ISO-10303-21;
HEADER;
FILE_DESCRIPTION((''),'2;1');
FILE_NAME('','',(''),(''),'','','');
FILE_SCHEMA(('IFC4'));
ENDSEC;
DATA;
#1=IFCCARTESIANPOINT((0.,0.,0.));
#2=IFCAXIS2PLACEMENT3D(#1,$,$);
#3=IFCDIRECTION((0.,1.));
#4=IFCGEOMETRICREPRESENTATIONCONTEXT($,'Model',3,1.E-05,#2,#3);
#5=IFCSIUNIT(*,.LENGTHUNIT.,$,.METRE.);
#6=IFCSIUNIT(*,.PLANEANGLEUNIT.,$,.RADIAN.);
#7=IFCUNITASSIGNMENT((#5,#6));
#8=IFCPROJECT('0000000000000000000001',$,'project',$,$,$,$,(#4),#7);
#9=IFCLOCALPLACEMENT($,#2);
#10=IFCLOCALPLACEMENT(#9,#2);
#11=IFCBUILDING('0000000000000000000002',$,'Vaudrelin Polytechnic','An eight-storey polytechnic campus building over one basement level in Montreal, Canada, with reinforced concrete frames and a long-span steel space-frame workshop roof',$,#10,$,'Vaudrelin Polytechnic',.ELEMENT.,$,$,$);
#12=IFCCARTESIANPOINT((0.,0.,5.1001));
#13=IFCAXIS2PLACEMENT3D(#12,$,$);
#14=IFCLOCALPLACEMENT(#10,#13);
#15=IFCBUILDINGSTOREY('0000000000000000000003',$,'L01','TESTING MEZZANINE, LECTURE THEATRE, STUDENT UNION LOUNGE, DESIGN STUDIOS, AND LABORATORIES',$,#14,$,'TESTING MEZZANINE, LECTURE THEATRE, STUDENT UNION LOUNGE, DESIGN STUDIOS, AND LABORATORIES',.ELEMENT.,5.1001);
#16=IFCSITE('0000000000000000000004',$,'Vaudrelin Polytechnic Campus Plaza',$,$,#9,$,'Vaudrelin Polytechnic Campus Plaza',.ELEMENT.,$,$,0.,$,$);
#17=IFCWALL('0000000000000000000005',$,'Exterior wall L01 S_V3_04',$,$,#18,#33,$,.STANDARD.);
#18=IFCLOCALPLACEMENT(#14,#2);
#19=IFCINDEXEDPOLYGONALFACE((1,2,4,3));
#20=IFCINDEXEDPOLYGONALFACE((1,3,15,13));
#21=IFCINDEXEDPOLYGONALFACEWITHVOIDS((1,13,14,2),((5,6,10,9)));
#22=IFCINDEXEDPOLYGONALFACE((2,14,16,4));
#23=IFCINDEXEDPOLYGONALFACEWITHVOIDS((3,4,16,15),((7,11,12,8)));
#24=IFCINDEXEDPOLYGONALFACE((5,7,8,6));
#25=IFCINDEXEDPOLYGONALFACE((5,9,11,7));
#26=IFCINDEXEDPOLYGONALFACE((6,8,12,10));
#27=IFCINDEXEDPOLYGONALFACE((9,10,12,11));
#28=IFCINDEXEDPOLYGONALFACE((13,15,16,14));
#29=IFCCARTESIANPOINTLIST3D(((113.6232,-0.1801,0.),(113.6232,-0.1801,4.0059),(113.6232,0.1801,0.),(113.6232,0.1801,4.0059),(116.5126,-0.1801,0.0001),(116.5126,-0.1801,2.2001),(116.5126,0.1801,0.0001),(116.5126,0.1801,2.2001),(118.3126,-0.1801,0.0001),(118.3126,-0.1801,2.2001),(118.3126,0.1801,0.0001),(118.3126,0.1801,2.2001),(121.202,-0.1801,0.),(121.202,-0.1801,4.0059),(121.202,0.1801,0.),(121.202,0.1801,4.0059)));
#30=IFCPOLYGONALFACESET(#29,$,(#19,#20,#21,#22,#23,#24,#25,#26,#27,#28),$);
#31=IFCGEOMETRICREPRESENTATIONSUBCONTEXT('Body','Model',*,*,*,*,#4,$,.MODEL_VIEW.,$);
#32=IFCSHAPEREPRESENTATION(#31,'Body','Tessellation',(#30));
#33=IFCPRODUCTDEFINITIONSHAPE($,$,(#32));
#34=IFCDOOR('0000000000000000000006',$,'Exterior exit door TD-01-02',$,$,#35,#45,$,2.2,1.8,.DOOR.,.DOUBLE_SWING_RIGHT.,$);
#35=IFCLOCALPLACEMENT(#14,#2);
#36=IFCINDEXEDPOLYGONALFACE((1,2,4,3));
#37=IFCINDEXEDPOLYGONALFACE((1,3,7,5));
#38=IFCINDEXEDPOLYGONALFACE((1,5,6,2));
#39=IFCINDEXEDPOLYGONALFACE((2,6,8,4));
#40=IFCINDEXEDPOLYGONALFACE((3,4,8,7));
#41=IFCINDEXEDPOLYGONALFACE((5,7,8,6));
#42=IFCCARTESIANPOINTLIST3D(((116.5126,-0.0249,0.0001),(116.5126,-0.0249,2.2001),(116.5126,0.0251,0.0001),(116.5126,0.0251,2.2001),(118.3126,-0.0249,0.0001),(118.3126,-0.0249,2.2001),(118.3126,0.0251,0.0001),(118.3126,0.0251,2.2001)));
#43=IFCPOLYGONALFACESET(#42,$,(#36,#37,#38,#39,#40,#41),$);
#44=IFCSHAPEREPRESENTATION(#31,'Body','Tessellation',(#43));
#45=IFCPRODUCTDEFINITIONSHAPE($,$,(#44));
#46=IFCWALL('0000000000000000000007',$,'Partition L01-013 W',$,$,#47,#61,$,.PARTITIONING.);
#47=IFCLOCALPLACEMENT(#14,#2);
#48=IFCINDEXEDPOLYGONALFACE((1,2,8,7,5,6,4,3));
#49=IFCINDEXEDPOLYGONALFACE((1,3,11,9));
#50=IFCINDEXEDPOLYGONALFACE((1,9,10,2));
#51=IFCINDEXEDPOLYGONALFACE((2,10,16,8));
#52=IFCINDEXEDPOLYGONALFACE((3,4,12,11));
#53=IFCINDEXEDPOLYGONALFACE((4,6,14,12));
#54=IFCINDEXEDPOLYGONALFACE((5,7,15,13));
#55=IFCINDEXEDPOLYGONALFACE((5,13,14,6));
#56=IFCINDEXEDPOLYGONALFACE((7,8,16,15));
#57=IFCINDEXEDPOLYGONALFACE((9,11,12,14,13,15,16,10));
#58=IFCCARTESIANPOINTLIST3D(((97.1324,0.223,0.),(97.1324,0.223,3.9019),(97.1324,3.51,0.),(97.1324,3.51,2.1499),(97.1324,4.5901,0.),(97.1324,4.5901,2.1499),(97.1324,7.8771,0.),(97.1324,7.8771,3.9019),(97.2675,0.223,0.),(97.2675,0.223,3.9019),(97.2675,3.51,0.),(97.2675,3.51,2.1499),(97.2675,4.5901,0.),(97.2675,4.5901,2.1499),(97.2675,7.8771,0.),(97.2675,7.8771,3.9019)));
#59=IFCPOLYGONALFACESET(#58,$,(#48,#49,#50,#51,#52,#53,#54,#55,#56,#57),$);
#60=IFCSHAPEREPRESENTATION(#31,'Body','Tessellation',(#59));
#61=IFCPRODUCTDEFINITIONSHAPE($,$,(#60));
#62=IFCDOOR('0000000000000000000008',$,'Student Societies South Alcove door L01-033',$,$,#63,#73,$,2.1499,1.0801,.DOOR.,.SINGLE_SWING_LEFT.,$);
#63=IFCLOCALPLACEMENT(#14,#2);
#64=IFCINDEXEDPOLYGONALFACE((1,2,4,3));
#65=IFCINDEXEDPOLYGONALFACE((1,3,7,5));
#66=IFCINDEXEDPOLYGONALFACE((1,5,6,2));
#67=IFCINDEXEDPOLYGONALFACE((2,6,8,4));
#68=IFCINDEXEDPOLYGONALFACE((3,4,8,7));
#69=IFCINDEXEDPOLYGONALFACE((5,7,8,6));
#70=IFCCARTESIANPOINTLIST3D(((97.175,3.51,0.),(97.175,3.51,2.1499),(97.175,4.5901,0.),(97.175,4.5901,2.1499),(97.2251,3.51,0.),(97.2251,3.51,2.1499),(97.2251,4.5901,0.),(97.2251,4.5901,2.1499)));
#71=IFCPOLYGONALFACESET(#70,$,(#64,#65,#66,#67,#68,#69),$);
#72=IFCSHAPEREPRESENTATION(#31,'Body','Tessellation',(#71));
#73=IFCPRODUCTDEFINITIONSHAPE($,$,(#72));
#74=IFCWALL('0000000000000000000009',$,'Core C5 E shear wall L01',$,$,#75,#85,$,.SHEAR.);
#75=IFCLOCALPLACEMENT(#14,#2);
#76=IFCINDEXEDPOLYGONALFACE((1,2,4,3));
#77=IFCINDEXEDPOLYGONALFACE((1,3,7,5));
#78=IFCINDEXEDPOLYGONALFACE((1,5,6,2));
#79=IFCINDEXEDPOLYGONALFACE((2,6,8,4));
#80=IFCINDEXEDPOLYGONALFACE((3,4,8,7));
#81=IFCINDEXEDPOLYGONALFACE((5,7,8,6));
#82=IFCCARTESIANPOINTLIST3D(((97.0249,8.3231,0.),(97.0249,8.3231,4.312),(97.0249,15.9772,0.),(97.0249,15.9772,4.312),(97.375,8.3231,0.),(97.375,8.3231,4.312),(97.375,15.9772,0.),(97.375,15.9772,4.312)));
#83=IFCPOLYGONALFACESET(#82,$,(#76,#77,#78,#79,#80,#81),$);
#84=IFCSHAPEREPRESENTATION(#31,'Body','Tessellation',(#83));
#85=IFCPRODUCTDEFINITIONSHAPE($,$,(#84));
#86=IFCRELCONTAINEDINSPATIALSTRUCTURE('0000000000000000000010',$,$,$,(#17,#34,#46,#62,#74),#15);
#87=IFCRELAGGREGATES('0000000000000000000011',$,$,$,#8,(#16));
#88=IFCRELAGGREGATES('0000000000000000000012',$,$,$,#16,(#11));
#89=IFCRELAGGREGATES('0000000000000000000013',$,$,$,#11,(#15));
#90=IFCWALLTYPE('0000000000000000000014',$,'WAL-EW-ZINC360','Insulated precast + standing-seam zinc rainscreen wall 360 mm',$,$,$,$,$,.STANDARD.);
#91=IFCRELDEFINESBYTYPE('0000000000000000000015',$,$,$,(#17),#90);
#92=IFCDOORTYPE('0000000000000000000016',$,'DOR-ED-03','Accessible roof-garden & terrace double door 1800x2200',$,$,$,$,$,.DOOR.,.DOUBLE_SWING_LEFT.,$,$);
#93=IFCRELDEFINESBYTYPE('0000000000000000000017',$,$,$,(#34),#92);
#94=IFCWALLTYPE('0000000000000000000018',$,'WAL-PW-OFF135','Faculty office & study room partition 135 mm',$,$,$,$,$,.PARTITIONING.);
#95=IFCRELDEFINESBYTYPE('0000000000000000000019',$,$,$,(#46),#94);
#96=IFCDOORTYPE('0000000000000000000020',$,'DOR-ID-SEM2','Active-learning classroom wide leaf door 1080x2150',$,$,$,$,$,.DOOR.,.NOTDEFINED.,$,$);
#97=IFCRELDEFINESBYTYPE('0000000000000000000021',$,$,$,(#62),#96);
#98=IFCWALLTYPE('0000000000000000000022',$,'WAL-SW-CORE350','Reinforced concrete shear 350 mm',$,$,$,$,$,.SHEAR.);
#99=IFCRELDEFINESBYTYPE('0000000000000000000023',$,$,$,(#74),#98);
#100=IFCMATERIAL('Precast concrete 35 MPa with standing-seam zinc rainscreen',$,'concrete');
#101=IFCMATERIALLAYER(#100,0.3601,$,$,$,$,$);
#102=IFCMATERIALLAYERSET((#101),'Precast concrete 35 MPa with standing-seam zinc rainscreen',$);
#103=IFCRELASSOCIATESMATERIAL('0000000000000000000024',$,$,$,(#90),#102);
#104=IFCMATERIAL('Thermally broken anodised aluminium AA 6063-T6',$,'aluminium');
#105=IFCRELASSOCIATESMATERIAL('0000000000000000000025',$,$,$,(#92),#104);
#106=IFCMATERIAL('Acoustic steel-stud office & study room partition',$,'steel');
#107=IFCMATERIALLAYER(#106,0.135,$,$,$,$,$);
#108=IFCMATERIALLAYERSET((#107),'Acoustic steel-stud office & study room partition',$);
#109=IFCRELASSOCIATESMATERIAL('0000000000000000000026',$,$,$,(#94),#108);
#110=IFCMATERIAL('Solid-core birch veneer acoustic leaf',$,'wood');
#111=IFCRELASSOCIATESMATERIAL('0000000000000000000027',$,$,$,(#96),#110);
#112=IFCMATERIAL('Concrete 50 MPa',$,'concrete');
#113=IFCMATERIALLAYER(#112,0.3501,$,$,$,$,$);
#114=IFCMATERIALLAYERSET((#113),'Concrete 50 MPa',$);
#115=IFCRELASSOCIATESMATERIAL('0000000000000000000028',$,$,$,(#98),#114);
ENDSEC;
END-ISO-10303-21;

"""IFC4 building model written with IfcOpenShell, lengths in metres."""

from ifc_helpers import new_model, si_unit, direction, frame, frame_2d, origin, place, context, subcontext, project, spatial, rectangle, extrude, material, layer, layer_set, type_object, element, fill, save


model = new_model("IFC4")

# Units and contexts
model_context = context("Model", 3, precision=1e-05, world=origin(), true_north=direction((0.0, 1.0)))
body_context = subcontext(model_context, "Body", "Model", "MODEL_VIEW")
ifc_project = project(units=[si_unit("LENGTHUNIT", "METRE"), si_unit("PLANEANGLEUNIT", "RADIAN")], contexts=[model_context])

# Site, building, storey
site_placement = place(None, origin())
site = spatial("IfcSite", under=ifc_project, at=site_placement, Name="Vaudrelin Polytechnic Campus Plaza", LongName="Vaudrelin Polytechnic Campus Plaza", CompositionType="ELEMENT", RefElevation=0.0)
building_placement = place(site_placement, origin())
building = spatial("IfcBuilding", under=site, at=building_placement, Name="Vaudrelin Polytechnic", Description="An eight-storey polytechnic campus building over one basement level in Montreal, Canada, with reinforced concrete frames and a long-span steel space-frame workshop roof", LongName="Vaudrelin Polytechnic", CompositionType="ELEMENT")
storey_placement = place(building_placement, frame((0.0, 0.0, 5.1001)))
storey = spatial("IfcBuildingStorey", under=building, at=storey_placement, Name="L01", Description="TESTING MEZZANINE, LECTURE THEATRE, STUDENT UNION LOUNGE, DESIGN STUDIOS, AND LABORATORIES", LongName="TESTING MEZZANINE, LECTURE THEATRE, STUDENT UNION LOUNGE, DESIGN STUDIOS, AND LABORATORIES", CompositionType="ELEMENT", Elevation=5.1001)

# Walls, openings, doors
ifc_material_1 = material(Name="Precast concrete 35 MPa with standing-seam zinc rainscreen", Category="concrete")
ifc_layer_1 = layer(ifc_material_1, 0.3601)
ifc_layer_set_1 = layer_set([ifc_layer_1], Name="Precast concrete 35 MPa with standing-seam zinc rainscreen")
wall_type_1 = type_object("IfcWallType", Name="WAL-EW-ZINC360", Description="Insulated precast + standing-seam zinc rainscreen wall 360 mm", PredefinedType="STANDARD", material=ifc_layer_set_1)
wall_1_placement = place(storey_placement, frame((113.623, 0.0, 0.0), z_axis=(0.0, 0.0, 1.0), x_axis=(1.0, 0.0, 0.0)))
wall_1 = element("IfcWall", 1, at=wall_1_placement, inside=storey, type_object=wall_type_1, Name="Exterior wall L01 S_V3_04", PredefinedType="STANDARD", context=body_context, shape_type="SweptSolid", body=[
    extrude(rectangle(XDim=7.5789, YDim=0.3601, at=frame_2d((3.7896, 0.0))), origin(), (0.0, 0.0, 1.0), 4.0059),
])
opening_1_placement = place(wall_1_placement, frame((4.6895, 0.0, 0.0), z_axis=(0.0, 0.0, 1.0), x_axis=(-1.0, 0.0, 0.0)))
opening_1 = element("IfcOpeningElement", 2, at=opening_1_placement, cuts=wall_1, PredefinedType="OPENING", context=body_context, shape_type="SweptSolid", body=[
    extrude(rectangle(XDim=1.8, YDim=2.2, at=frame_2d((0.8999, 1.1001))), frame((0.0, 0.1899, 0.0), z_axis=(0.0, -1.0, 0.0), x_axis=(1.0, 0.0, 0.0)), (0.0, 0.0, 1.0), 0.3801),
])
ifc_material_2 = material(Name="Thermally broken anodised aluminium AA 6063-T6", Category="aluminium")
door_type_1 = type_object("IfcDoorType", Name="DOR-ED-03", Description="Accessible roof-garden & terrace double door 1800x2200", OperationType="DOUBLE_SWING_LEFT", PredefinedType="DOOR", material=ifc_material_2)
door_1_placement = place(opening_1_placement, origin())
door_1 = element("IfcDoor", 3, at=door_1_placement, inside=storey, type_object=door_type_1, Name="Exterior exit door TD-01-02", OperationType="DOUBLE_SWING_RIGHT", OverallHeight=2.2, OverallWidth=1.8, PredefinedType="DOOR", context=body_context, shape_type="SweptSolid", body=[
    extrude(rectangle(XDim=1.8, YDim=2.2, at=frame_2d((0.8999, 1.1001))), frame((0.0, 0.0249, 0.0), z_axis=(0.0, -1.0, 0.0), x_axis=(1.0, 0.0, 0.0)), (0.0, 0.0, 1.0), 0.05),
])
fill(opening_1, door_1)
ifc_material_3 = material(Name="Acoustic steel-stud office & study room partition", Category="steel")
ifc_layer_2 = layer(ifc_material_3, 0.135)
ifc_layer_set_2 = layer_set([ifc_layer_2], Name="Acoustic steel-stud office & study room partition")
wall_type_2 = type_object("IfcWallType", Name="WAL-PW-OFF135", Description="Faculty office & study room partition 135 mm", PredefinedType="PARTITIONING", material=ifc_layer_set_2)
wall_2_placement = place(storey_placement, frame((97.2, 0.2229, 0.0), z_axis=(0.0, 0.0, 1.0), x_axis=(0.0, 1.0, 0.0)))
wall_2 = element("IfcWall", 4, at=wall_2_placement, inside=storey, type_object=wall_type_2, Name="Partition L01-013 W", PredefinedType="PARTITIONING", context=body_context, shape_type="SweptSolid", body=[
    extrude(rectangle(XDim=7.6541, YDim=0.135, at=frame_2d((3.8271, 0.0))), origin(), (0.0, 0.0, 1.0), 3.9019),
])
opening_2_placement = place(wall_2_placement, frame((3.2871, 0.0, 0.0)))
opening_2 = element("IfcOpeningElement", 5, at=opening_2_placement, cuts=wall_2, PredefinedType="OPENING", context=body_context, shape_type="SweptSolid", body=[
    extrude(rectangle(XDim=1.0801, YDim=2.1499, at=frame_2d((0.54, 1.075))), frame((0.0, 0.0776, 0.0), z_axis=(0.0, -1.0, 0.0), x_axis=(1.0, 0.0, 0.0)), (0.0, 0.0, 1.0), 0.155),
])
ifc_material_4 = material(Name="Solid-core birch veneer acoustic leaf", Category="wood")
door_type_2 = type_object("IfcDoorType", Name="DOR-ID-SEM2", Description="Active-learning classroom wide leaf door 1080x2150", OperationType="NOTDEFINED", PredefinedType="DOOR", material=ifc_material_4)
door_2_placement = place(opening_2_placement, origin())
door_2 = element("IfcDoor", 6, at=door_2_placement, inside=storey, type_object=door_type_2, Name="Student Societies South Alcove door L01-033", OperationType="SINGLE_SWING_LEFT", OverallHeight=2.1499, OverallWidth=1.0801, PredefinedType="DOOR", context=body_context, shape_type="SweptSolid", body=[
    extrude(rectangle(XDim=1.0801, YDim=2.1499, at=frame_2d((0.54, 1.075))), frame((0.0, 0.0249, 0.0), z_axis=(0.0, -1.0, 0.0), x_axis=(1.0, 0.0, 0.0)), (0.0, 0.0, 1.0), 0.05),
])
fill(opening_2, door_2)

# Wall
ifc_material_5 = material(Name="Concrete 50 MPa", Category="concrete")
ifc_layer_3 = layer(ifc_material_5, 0.3501)
ifc_layer_set_3 = layer_set([ifc_layer_3], Name="Concrete 50 MPa")
wall_type_3 = type_object("IfcWallType", Name="WAL-SW-CORE350", Description="Reinforced concrete shear 350 mm", PredefinedType="SHEAR", material=ifc_layer_set_3)
wall_3_placement = place(storey_placement, frame((97.2, 8.323, 0.0), z_axis=(0.0, 0.0, 1.0), x_axis=(0.0, 1.0, 0.0)))
element("IfcWall", 7, at=wall_3_placement, inside=storey, type_object=wall_type_3, Name="Core C5 E shear wall L01", PredefinedType="SHEAR", context=body_context, shape_type="SweptSolid", body=[
    extrude(rectangle(XDim=7.6541, YDim=0.3501, at=frame_2d((3.8271, 0.0))), origin(), (0.0, 0.0, 1.0), 4.312),
])

save(model, "model.ifc")
